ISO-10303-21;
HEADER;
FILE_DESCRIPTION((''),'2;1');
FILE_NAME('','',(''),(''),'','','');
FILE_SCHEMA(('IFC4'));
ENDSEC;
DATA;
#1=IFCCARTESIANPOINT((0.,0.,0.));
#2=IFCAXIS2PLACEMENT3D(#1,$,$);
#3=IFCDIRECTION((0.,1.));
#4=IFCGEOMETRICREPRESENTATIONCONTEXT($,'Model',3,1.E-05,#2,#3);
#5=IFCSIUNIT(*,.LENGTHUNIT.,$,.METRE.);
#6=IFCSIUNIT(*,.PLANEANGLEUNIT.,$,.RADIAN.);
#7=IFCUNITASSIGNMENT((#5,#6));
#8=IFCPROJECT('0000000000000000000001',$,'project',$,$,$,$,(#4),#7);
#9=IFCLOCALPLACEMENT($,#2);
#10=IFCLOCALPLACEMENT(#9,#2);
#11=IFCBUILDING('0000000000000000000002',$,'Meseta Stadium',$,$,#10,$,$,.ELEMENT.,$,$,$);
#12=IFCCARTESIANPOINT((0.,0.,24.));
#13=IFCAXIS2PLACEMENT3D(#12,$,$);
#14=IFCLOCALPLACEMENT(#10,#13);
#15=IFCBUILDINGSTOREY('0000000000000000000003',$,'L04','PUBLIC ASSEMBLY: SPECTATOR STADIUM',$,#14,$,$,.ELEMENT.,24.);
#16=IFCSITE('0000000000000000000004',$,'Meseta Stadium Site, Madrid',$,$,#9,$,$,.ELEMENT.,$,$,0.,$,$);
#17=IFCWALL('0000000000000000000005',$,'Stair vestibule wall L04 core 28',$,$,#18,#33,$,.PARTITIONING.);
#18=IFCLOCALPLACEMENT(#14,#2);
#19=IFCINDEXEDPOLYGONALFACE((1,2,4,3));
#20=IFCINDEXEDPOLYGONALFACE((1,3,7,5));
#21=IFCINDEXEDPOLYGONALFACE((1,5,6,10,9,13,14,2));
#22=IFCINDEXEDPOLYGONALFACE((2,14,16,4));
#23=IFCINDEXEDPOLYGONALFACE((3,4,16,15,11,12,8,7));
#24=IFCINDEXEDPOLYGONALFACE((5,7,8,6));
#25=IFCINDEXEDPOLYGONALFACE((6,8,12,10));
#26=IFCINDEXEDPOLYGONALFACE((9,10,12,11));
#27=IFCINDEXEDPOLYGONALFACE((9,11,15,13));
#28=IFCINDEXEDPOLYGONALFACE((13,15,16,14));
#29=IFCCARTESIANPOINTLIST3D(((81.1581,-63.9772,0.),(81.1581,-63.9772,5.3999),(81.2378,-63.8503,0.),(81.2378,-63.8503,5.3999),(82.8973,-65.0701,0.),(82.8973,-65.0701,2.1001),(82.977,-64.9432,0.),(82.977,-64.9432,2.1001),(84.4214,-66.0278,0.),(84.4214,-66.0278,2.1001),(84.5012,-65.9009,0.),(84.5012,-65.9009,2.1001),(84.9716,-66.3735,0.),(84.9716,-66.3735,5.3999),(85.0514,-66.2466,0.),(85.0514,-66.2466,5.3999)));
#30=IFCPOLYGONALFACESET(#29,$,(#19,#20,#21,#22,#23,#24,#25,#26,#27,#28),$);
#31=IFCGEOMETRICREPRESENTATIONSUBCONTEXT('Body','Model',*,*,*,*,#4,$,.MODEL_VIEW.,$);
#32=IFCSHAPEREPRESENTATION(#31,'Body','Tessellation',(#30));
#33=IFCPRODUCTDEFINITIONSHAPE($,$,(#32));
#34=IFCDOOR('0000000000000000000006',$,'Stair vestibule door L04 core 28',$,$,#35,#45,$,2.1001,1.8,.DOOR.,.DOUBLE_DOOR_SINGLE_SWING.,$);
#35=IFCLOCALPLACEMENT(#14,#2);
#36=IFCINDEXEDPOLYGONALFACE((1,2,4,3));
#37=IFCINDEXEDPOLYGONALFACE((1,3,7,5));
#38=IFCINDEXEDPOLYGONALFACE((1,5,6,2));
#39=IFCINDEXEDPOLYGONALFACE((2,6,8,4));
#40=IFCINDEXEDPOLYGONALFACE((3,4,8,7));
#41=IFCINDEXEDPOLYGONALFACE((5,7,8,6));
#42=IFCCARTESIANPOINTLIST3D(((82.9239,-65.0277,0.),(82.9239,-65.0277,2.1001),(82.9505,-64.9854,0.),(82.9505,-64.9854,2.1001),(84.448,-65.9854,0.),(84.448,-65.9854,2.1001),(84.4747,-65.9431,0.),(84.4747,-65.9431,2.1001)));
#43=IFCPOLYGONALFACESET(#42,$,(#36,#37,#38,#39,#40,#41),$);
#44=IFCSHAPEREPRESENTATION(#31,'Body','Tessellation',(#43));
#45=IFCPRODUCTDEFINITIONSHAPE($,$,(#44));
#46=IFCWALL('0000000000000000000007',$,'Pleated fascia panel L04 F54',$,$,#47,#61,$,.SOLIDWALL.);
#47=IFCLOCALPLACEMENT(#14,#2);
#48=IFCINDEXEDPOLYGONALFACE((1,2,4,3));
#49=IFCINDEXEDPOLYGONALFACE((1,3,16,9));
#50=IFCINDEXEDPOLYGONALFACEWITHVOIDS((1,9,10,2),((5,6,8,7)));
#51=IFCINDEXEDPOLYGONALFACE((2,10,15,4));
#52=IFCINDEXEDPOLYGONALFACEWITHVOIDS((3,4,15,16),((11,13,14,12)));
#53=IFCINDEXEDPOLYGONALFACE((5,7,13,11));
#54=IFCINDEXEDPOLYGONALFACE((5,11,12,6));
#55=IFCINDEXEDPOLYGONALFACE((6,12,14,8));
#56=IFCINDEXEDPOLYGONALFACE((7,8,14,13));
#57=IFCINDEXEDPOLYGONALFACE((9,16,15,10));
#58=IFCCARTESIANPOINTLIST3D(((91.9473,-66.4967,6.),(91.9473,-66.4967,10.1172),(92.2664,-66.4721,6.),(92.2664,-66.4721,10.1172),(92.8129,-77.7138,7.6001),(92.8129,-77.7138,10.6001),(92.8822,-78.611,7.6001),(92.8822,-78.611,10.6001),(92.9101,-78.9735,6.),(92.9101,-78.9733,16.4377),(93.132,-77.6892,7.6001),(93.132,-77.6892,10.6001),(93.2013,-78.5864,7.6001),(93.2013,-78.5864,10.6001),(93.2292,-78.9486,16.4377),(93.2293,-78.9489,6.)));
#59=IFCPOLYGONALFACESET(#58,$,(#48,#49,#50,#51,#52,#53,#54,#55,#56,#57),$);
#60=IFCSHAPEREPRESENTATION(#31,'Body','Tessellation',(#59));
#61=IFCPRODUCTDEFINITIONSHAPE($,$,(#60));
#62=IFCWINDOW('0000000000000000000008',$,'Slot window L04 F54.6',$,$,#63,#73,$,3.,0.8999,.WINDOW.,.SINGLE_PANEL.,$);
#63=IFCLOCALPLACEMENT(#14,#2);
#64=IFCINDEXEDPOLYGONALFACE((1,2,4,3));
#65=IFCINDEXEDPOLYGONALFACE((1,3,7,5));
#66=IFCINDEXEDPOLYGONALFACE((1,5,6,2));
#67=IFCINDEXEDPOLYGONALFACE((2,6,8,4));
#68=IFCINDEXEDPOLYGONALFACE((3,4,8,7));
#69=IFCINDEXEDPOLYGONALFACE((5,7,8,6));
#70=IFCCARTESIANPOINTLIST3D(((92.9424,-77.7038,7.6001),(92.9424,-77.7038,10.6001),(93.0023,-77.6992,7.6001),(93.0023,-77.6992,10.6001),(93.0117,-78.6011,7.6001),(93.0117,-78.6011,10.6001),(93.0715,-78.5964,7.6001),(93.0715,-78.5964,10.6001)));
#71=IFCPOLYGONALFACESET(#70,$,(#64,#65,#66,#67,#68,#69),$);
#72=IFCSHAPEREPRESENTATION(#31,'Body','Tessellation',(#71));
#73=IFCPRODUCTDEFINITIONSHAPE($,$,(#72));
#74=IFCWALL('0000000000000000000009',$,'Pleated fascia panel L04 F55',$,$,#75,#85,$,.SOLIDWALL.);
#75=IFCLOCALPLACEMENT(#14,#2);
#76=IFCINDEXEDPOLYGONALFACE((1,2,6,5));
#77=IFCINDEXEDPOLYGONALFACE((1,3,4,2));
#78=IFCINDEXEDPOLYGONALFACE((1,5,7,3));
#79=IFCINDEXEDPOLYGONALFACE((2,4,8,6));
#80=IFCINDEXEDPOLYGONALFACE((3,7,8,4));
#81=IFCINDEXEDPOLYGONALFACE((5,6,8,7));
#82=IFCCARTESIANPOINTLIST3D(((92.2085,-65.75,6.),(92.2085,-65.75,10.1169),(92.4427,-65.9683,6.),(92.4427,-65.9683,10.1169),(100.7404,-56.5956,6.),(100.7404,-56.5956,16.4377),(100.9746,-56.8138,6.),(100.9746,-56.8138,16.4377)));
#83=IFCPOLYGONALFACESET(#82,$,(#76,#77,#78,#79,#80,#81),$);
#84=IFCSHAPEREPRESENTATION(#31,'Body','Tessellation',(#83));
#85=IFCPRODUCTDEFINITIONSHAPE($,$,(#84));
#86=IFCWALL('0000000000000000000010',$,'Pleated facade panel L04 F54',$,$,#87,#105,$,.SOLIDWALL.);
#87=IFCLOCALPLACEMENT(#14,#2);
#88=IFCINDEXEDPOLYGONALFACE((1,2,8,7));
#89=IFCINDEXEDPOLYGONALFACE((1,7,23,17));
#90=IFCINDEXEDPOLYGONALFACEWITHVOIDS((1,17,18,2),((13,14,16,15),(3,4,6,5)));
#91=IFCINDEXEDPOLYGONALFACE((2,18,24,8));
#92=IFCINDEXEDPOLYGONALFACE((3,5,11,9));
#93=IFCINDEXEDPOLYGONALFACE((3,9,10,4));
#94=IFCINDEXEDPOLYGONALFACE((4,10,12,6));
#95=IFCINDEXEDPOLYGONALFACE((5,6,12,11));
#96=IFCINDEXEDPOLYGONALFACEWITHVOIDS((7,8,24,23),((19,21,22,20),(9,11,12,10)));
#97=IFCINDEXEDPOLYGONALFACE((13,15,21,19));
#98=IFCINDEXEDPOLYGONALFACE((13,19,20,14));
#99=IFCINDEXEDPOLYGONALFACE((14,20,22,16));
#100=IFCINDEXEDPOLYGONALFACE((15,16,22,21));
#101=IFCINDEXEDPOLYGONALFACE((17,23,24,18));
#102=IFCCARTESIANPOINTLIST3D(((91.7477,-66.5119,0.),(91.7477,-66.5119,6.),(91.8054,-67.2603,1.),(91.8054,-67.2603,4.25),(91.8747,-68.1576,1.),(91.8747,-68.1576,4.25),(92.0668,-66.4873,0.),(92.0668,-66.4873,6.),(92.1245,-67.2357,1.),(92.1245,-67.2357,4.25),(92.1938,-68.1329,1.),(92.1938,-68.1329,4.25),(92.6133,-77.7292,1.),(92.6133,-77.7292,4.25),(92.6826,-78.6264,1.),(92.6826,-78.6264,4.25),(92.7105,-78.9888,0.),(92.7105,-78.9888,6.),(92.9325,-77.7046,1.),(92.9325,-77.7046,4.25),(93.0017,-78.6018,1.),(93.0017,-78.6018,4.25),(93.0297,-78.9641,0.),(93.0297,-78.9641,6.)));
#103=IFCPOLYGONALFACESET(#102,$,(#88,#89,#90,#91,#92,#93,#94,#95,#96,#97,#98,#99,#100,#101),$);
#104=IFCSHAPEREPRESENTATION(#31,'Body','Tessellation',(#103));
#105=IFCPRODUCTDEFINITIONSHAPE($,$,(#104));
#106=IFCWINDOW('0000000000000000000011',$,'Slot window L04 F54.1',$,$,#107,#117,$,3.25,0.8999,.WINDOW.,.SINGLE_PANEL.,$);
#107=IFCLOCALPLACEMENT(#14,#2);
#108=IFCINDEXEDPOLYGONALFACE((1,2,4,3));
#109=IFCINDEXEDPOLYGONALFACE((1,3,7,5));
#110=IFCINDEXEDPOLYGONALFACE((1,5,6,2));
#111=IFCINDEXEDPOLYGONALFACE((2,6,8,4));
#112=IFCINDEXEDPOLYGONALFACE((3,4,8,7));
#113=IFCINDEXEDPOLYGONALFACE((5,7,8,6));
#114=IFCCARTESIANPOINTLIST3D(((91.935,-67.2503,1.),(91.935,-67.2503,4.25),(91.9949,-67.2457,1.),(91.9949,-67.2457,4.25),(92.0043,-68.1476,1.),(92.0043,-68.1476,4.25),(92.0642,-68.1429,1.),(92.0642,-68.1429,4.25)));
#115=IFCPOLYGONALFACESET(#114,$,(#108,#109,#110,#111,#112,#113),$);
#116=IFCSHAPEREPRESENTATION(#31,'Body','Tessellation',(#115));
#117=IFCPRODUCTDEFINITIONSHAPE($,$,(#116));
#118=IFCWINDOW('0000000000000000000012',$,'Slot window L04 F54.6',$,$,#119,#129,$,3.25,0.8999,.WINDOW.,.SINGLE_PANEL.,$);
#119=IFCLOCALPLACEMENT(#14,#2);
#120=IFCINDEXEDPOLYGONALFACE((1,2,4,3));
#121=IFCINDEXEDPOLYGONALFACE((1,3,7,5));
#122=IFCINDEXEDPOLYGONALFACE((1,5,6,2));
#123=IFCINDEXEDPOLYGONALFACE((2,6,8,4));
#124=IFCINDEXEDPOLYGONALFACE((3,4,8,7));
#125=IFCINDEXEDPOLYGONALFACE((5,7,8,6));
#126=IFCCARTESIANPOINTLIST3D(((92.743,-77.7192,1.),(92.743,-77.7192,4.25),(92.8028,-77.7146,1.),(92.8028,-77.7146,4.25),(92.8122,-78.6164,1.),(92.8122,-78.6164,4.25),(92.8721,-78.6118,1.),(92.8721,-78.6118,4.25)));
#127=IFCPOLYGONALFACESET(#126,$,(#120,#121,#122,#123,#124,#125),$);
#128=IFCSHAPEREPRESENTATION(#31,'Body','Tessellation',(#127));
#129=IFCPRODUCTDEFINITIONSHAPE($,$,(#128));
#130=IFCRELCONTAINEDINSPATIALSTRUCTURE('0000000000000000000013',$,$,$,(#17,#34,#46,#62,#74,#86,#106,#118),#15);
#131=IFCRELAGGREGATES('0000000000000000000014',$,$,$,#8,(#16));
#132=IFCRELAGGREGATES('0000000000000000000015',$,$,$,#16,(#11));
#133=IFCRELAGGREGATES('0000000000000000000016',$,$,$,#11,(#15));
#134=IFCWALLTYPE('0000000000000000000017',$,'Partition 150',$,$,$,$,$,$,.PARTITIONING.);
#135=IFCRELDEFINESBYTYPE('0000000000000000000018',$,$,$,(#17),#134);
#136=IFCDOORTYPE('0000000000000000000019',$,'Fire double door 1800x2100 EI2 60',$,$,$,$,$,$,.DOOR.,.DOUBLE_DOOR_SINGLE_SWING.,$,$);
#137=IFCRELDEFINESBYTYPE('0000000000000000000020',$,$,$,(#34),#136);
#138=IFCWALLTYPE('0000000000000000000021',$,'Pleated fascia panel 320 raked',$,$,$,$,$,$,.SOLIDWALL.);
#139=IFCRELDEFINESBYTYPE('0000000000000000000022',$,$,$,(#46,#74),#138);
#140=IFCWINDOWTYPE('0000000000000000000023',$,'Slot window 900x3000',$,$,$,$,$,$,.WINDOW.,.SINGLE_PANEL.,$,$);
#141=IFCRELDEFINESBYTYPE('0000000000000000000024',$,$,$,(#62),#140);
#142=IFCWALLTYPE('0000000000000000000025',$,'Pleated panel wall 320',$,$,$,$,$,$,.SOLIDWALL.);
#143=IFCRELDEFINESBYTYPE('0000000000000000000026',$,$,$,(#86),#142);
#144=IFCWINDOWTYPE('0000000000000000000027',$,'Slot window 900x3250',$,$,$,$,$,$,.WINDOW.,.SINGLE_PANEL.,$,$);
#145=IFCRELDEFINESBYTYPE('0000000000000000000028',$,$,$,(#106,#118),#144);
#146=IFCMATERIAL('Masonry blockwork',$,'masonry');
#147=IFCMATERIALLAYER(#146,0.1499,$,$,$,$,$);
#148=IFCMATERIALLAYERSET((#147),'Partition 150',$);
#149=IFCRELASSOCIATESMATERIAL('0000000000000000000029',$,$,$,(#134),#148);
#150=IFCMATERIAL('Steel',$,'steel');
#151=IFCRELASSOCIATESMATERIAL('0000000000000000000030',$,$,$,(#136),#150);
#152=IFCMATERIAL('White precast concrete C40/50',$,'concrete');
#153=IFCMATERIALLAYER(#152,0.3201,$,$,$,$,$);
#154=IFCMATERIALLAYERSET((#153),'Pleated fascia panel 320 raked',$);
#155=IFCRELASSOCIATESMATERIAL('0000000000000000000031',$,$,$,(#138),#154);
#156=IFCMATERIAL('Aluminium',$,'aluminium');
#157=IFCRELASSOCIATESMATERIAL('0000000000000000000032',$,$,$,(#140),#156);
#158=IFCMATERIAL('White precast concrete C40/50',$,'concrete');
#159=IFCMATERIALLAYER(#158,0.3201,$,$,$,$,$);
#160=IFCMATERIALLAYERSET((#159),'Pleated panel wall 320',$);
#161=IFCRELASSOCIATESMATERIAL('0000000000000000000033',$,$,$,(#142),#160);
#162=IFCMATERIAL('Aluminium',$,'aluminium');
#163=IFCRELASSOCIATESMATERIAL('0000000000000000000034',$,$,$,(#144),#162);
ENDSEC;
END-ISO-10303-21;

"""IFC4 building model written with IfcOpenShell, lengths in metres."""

from ifc_helpers import new_model, si_unit, direction, frame, frame_2d, origin, place, context, subcontext, project, spatial, polyline, rectangle, outline, extrude, material, layer, layer_set, type_object, element, fill, save


model = new_model("IFC4")

# Units and contexts
model_context = context("Model", 3, precision=1e-05, world=origin(), true_north=direction((0.0, 1.0)))
body_context = subcontext(model_context, "Body", "Model", "MODEL_VIEW")
ifc_project = project(units=[si_unit("LENGTHUNIT", "METRE"), si_unit("PLANEANGLEUNIT", "RADIAN")], contexts=[model_context])

# Site, building, storey
site_placement = place(None, origin())
site = spatial("IfcSite", under=ifc_project, at=site_placement, Name="Meseta Stadium Site, Madrid", CompositionType="ELEMENT", RefElevation=0.0)
building_placement = place(site_placement, origin())
building = spatial("IfcBuilding", under=site, at=building_placement, Name="Meseta Stadium", CompositionType="ELEMENT")
storey_placement = place(building_placement, frame((0.0, 0.0, 24.0)))
storey = spatial("IfcBuildingStorey", under=building, at=storey_placement, Name="L04", Description="PUBLIC ASSEMBLY: SPECTATOR STADIUM", CompositionType="ELEMENT", Elevation=24.0)

# Shared definitions
ifc_material_1 = material(Name="Masonry blockwork", Category="masonry")
ifc_layer_1 = layer(ifc_material_1, 0.1499)
ifc_layer_set_1 = layer_set([ifc_layer_1], Name="Partition 150")
wall_type_1 = type_object("IfcWallType", Name="Partition 150", PredefinedType="PARTITIONING", material=ifc_layer_set_1)

# Wall, opening, door
wall_1_placement = place(storey_placement, frame((85.0115, -66.3101, 0.0), z_axis=(0.0, 0.0, 1.0), x_axis=(-0.846717, 0.532044, 0.0)))
wall_1 = element("IfcWall", 1, at=wall_1_placement, inside=storey, type_object=wall_type_1, Name="Stair vestibule wall L04 core 28", PredefinedType="PARTITIONING", context=body_context, shape_type="SweptSolid", body=[
    extrude(rectangle(XDim=4.5039, YDim=0.1499, at=frame_2d((2.252, 0.0))), origin(), (0.0, 0.0, 1.0), 5.3999),
])
opening_1_placement = place(wall_1_placement, frame((0.6499, 0.0, 0.0)))
opening_1 = element("IfcOpeningElement", 2, at=opening_1_placement, cuts=wall_1, PredefinedType="OPENING", context=body_context, shape_type="SweptSolid", body=[
    extrude(rectangle(XDim=1.8, YDim=2.1001, at=frame_2d((0.8999, 1.05))), frame((0.0, 0.085, 0.0), z_axis=(0.0, -1.0, 0.0), x_axis=(1.0, 0.0, 0.0)), (0.0, 0.0, 1.0), 0.1699),
])
ifc_material_2 = material(Name="Steel", Category="steel")
door_type_1 = type_object("IfcDoorType", Name="Fire double door 1800x2100 EI2 60", OperationType="DOUBLE_DOOR_SINGLE_SWING", PredefinedType="DOOR", material=ifc_material_2)
door_1_placement = place(opening_1_placement, origin())
door_1 = element("IfcDoor", 3, at=door_1_placement, inside=storey, type_object=door_type_1, Name="Stair vestibule door L04 core 28", OperationType="DOUBLE_DOOR_SINGLE_SWING", OverallHeight=2.1001, OverallWidth=1.8, PredefinedType="DOOR", context=body_context, shape_type="SweptSolid", body=[
    extrude(rectangle(XDim=1.8, YDim=2.1001, at=frame_2d((0.8999, 1.05))), frame((0.0, 0.0249, 0.0), z_axis=(0.0, -1.0, 0.0), x_axis=(1.0, 0.0, 0.0)), (0.0, 0.0, 1.0), 0.05),
])
fill(opening_1, door_1)

# Wall, opening, window
ifc_material_3 = material(Name="White precast concrete C40/50", Category="concrete")
ifc_layer_2 = layer(ifc_material_3, 0.3201)
ifc_layer_set_2 = layer_set([ifc_layer_2], Name="Pleated fascia panel 320 raked")
wall_type_2 = type_object("IfcWallType", Name="Pleated fascia panel 320 raked", PredefinedType="SOLIDWALL", material=ifc_layer_set_2)
wall_2_placement = place(storey_placement, frame((92.1067, -66.4844, 6.0), z_axis=(0.0, 0.0, 1.0), x_axis=(0.076946, -0.997035, 0.0)))
wall_2 = element("IfcWall", 4, at=wall_2_placement, inside=storey, type_object=wall_type_2, Name="Pleated fascia panel L04 F54", PredefinedType="SOLIDWALL", context=body_context, shape_type="SweptSolid", body=[
    extrude(outline(polyline([(0.0, 0.0), (12.5139, 0.0), (12.5137, 10.4377), (0.0, 4.1172), (0.0, 0.0)])), frame((0.0, 0.1602, 0.0), z_axis=(0.0, -1.0, 0.0), x_axis=(1.0, 0.0, 0.0)), (0.0, 0.0, 1.0), 0.3201),
])
opening_2_placement = place(wall_2_placement, frame((11.2505, 0.0, 1.6001)))
opening_2 = element("IfcOpeningElement", 5, at=opening_2_placement, cuts=wall_2, PredefinedType="OPENING", context=body_context, shape_type="SweptSolid", body=[
    extrude(rectangle(XDim=0.8999, YDim=3.0, at=frame_2d((0.45, 1.5))), frame((0.0, 0.1699, 0.0), z_axis=(0.0, -1.0, 0.0), x_axis=(1.0, 0.0, 0.0)), (0.0, 0.0, 1.0), 0.3401),
])
ifc_material_4 = material(Name="Aluminium", Category="aluminium")
window_type_1 = type_object("IfcWindowType", Name="Slot window 900x3000", PartitioningType="SINGLE_PANEL", PredefinedType="WINDOW", material=ifc_material_4)
window_1_placement = place(opening_2_placement, origin())
window_1 = element("IfcWindow", 6, at=window_1_placement, inside=storey, type_object=window_type_1, Name="Slot window L04 F54.6", OverallHeight=3.0, OverallWidth=0.8999, PartitioningType="SINGLE_PANEL", PredefinedType="WINDOW", context=body_context, shape_type="SweptSolid", body=[
    extrude(rectangle(XDim=0.8999, YDim=3.0, at=frame_2d((0.45, 1.5))), frame((0.0, 0.03, 0.0), z_axis=(0.0, -1.0, 0.0), x_axis=(1.0, 0.0, 0.0)), (0.0, 0.0, 1.0), 0.0601),
])
fill(opening_2, window_1)

# Wall
wall_3_placement = place(storey_placement, frame((100.8574, -56.7046, 6.0), z_axis=(0.0, 0.0, 1.0), x_axis=(-0.681795, -0.731544, 0.0)))
element("IfcWall", 7, at=wall_3_placement, inside=storey, type_object=wall_type_2, Name="Pleated fascia panel L04 F55", PredefinedType="SOLIDWALL", context=body_context, shape_type="SweptSolid", body=[
    extrude(outline(polyline([(0.0, 0.0), (12.5139, 0.0), (12.5139, 4.1169), (0.0, 10.4377), (0.0, 0.0)])), frame((0.0, 0.1602, 0.0), z_axis=(0.0, -1.0, 0.0), x_axis=(1.0, 0.0, 0.0)), (0.0, 0.0, 1.0), 0.3201),
])

# Wall, openings, windows
ifc_material_5 = material(Name="White precast concrete C40/50", Category="concrete")
ifc_layer_3 = layer(ifc_material_5, 0.3201)
ifc_layer_set_3 = layer_set([ifc_layer_3], Name="Pleated panel wall 320")
wall_type_3 = type_object("IfcWallType", Name="Pleated panel wall 320", PredefinedType="SOLIDWALL", material=ifc_layer_set_3)
wall_4_placement = place(storey_placement, frame((91.9072, -66.4998, 0.0), z_axis=(0.0, 0.0, 1.0), x_axis=(0.076946, -0.997035, 0.0)))
wall_4 = element("IfcWall", 8, at=wall_4_placement, inside=storey, type_object=wall_type_3, Name="Pleated facade panel L04 F54", PredefinedType="SOLIDWALL", context=body_context, shape_type="SweptSolid", body=[
    extrude(rectangle(XDim=12.5139, YDim=0.3201, at=frame_2d((6.2568, 0.0))), origin(), (0.0, 0.0, 1.0), 6.0),
])
opening_3_placement = place(wall_4_placement, frame((0.7505, 0.0, 1.0)))
opening_3 = element("IfcOpeningElement", 9, at=opening_3_placement, cuts=wall_4, PredefinedType="OPENING", context=body_context, shape_type="SweptSolid", body=[
    extrude(rectangle(XDim=0.8999, YDim=3.25, at=frame_2d((0.45, 1.625))), frame((0.0, 0.1699, 0.0), z_axis=(0.0, -1.0, 0.0), x_axis=(1.0, 0.0, 0.0)), (0.0, 0.0, 1.0), 0.3401),
])
opening_4_placement = place(wall_4_placement, frame((11.2505, 0.0, 1.0)))
opening_4 = element("IfcOpeningElement", 10, at=opening_4_placement, cuts=wall_4, PredefinedType="OPENING", context=body_context, shape_type="SweptSolid", body=[
    extrude(rectangle(XDim=0.8999, YDim=3.25, at=frame_2d((0.45, 1.625))), frame((0.0, 0.1699, 0.0), z_axis=(0.0, -1.0, 0.0), x_axis=(1.0, 0.0, 0.0)), (0.0, 0.0, 1.0), 0.3401),
])
ifc_material_6 = material(Name="Aluminium", Category="aluminium")
window_type_2 = type_object("IfcWindowType", Name="Slot window 900x3250", PartitioningType="SINGLE_PANEL", PredefinedType="WINDOW", material=ifc_material_6)
window_2_placement = place(opening_3_placement, origin())
window_2 = element("IfcWindow", 11, at=window_2_placement, inside=storey, type_object=window_type_2, Name="Slot window L04 F54.1", OverallHeight=3.25, OverallWidth=0.8999, PartitioningType="SINGLE_PANEL", PredefinedType="WINDOW", context=body_context, shape_type="SweptSolid", body=[
    extrude(rectangle(XDim=0.8999, YDim=3.25, at=frame_2d((0.45, 1.625))), frame((0.0, 0.03, 0.0), z_axis=(0.0, -1.0, 0.0), x_axis=(1.0, 0.0, 0.0)), (0.0, 0.0, 1.0), 0.0601),
])
fill(opening_3, window_2)
window_3_placement = place(opening_4_placement, origin())
window_3 = element("IfcWindow", 12, at=window_3_placement, inside=storey, type_object=window_type_2, Name="Slot window L04 F54.6", OverallHeight=3.25, OverallWidth=0.8999, PartitioningType="SINGLE_PANEL", PredefinedType="WINDOW", context=body_context, shape_type="SweptSolid", body=[
    extrude(rectangle(XDim=0.8999, YDim=3.25, at=frame_2d((0.45, 1.625))), frame((0.0, 0.03, 0.0), z_axis=(0.0, -1.0, 0.0), x_axis=(1.0, 0.0, 0.0)), (0.0, 0.0, 1.0), 0.0601),
])
fill(opening_4, window_3)

save(model, "model.ifc")
